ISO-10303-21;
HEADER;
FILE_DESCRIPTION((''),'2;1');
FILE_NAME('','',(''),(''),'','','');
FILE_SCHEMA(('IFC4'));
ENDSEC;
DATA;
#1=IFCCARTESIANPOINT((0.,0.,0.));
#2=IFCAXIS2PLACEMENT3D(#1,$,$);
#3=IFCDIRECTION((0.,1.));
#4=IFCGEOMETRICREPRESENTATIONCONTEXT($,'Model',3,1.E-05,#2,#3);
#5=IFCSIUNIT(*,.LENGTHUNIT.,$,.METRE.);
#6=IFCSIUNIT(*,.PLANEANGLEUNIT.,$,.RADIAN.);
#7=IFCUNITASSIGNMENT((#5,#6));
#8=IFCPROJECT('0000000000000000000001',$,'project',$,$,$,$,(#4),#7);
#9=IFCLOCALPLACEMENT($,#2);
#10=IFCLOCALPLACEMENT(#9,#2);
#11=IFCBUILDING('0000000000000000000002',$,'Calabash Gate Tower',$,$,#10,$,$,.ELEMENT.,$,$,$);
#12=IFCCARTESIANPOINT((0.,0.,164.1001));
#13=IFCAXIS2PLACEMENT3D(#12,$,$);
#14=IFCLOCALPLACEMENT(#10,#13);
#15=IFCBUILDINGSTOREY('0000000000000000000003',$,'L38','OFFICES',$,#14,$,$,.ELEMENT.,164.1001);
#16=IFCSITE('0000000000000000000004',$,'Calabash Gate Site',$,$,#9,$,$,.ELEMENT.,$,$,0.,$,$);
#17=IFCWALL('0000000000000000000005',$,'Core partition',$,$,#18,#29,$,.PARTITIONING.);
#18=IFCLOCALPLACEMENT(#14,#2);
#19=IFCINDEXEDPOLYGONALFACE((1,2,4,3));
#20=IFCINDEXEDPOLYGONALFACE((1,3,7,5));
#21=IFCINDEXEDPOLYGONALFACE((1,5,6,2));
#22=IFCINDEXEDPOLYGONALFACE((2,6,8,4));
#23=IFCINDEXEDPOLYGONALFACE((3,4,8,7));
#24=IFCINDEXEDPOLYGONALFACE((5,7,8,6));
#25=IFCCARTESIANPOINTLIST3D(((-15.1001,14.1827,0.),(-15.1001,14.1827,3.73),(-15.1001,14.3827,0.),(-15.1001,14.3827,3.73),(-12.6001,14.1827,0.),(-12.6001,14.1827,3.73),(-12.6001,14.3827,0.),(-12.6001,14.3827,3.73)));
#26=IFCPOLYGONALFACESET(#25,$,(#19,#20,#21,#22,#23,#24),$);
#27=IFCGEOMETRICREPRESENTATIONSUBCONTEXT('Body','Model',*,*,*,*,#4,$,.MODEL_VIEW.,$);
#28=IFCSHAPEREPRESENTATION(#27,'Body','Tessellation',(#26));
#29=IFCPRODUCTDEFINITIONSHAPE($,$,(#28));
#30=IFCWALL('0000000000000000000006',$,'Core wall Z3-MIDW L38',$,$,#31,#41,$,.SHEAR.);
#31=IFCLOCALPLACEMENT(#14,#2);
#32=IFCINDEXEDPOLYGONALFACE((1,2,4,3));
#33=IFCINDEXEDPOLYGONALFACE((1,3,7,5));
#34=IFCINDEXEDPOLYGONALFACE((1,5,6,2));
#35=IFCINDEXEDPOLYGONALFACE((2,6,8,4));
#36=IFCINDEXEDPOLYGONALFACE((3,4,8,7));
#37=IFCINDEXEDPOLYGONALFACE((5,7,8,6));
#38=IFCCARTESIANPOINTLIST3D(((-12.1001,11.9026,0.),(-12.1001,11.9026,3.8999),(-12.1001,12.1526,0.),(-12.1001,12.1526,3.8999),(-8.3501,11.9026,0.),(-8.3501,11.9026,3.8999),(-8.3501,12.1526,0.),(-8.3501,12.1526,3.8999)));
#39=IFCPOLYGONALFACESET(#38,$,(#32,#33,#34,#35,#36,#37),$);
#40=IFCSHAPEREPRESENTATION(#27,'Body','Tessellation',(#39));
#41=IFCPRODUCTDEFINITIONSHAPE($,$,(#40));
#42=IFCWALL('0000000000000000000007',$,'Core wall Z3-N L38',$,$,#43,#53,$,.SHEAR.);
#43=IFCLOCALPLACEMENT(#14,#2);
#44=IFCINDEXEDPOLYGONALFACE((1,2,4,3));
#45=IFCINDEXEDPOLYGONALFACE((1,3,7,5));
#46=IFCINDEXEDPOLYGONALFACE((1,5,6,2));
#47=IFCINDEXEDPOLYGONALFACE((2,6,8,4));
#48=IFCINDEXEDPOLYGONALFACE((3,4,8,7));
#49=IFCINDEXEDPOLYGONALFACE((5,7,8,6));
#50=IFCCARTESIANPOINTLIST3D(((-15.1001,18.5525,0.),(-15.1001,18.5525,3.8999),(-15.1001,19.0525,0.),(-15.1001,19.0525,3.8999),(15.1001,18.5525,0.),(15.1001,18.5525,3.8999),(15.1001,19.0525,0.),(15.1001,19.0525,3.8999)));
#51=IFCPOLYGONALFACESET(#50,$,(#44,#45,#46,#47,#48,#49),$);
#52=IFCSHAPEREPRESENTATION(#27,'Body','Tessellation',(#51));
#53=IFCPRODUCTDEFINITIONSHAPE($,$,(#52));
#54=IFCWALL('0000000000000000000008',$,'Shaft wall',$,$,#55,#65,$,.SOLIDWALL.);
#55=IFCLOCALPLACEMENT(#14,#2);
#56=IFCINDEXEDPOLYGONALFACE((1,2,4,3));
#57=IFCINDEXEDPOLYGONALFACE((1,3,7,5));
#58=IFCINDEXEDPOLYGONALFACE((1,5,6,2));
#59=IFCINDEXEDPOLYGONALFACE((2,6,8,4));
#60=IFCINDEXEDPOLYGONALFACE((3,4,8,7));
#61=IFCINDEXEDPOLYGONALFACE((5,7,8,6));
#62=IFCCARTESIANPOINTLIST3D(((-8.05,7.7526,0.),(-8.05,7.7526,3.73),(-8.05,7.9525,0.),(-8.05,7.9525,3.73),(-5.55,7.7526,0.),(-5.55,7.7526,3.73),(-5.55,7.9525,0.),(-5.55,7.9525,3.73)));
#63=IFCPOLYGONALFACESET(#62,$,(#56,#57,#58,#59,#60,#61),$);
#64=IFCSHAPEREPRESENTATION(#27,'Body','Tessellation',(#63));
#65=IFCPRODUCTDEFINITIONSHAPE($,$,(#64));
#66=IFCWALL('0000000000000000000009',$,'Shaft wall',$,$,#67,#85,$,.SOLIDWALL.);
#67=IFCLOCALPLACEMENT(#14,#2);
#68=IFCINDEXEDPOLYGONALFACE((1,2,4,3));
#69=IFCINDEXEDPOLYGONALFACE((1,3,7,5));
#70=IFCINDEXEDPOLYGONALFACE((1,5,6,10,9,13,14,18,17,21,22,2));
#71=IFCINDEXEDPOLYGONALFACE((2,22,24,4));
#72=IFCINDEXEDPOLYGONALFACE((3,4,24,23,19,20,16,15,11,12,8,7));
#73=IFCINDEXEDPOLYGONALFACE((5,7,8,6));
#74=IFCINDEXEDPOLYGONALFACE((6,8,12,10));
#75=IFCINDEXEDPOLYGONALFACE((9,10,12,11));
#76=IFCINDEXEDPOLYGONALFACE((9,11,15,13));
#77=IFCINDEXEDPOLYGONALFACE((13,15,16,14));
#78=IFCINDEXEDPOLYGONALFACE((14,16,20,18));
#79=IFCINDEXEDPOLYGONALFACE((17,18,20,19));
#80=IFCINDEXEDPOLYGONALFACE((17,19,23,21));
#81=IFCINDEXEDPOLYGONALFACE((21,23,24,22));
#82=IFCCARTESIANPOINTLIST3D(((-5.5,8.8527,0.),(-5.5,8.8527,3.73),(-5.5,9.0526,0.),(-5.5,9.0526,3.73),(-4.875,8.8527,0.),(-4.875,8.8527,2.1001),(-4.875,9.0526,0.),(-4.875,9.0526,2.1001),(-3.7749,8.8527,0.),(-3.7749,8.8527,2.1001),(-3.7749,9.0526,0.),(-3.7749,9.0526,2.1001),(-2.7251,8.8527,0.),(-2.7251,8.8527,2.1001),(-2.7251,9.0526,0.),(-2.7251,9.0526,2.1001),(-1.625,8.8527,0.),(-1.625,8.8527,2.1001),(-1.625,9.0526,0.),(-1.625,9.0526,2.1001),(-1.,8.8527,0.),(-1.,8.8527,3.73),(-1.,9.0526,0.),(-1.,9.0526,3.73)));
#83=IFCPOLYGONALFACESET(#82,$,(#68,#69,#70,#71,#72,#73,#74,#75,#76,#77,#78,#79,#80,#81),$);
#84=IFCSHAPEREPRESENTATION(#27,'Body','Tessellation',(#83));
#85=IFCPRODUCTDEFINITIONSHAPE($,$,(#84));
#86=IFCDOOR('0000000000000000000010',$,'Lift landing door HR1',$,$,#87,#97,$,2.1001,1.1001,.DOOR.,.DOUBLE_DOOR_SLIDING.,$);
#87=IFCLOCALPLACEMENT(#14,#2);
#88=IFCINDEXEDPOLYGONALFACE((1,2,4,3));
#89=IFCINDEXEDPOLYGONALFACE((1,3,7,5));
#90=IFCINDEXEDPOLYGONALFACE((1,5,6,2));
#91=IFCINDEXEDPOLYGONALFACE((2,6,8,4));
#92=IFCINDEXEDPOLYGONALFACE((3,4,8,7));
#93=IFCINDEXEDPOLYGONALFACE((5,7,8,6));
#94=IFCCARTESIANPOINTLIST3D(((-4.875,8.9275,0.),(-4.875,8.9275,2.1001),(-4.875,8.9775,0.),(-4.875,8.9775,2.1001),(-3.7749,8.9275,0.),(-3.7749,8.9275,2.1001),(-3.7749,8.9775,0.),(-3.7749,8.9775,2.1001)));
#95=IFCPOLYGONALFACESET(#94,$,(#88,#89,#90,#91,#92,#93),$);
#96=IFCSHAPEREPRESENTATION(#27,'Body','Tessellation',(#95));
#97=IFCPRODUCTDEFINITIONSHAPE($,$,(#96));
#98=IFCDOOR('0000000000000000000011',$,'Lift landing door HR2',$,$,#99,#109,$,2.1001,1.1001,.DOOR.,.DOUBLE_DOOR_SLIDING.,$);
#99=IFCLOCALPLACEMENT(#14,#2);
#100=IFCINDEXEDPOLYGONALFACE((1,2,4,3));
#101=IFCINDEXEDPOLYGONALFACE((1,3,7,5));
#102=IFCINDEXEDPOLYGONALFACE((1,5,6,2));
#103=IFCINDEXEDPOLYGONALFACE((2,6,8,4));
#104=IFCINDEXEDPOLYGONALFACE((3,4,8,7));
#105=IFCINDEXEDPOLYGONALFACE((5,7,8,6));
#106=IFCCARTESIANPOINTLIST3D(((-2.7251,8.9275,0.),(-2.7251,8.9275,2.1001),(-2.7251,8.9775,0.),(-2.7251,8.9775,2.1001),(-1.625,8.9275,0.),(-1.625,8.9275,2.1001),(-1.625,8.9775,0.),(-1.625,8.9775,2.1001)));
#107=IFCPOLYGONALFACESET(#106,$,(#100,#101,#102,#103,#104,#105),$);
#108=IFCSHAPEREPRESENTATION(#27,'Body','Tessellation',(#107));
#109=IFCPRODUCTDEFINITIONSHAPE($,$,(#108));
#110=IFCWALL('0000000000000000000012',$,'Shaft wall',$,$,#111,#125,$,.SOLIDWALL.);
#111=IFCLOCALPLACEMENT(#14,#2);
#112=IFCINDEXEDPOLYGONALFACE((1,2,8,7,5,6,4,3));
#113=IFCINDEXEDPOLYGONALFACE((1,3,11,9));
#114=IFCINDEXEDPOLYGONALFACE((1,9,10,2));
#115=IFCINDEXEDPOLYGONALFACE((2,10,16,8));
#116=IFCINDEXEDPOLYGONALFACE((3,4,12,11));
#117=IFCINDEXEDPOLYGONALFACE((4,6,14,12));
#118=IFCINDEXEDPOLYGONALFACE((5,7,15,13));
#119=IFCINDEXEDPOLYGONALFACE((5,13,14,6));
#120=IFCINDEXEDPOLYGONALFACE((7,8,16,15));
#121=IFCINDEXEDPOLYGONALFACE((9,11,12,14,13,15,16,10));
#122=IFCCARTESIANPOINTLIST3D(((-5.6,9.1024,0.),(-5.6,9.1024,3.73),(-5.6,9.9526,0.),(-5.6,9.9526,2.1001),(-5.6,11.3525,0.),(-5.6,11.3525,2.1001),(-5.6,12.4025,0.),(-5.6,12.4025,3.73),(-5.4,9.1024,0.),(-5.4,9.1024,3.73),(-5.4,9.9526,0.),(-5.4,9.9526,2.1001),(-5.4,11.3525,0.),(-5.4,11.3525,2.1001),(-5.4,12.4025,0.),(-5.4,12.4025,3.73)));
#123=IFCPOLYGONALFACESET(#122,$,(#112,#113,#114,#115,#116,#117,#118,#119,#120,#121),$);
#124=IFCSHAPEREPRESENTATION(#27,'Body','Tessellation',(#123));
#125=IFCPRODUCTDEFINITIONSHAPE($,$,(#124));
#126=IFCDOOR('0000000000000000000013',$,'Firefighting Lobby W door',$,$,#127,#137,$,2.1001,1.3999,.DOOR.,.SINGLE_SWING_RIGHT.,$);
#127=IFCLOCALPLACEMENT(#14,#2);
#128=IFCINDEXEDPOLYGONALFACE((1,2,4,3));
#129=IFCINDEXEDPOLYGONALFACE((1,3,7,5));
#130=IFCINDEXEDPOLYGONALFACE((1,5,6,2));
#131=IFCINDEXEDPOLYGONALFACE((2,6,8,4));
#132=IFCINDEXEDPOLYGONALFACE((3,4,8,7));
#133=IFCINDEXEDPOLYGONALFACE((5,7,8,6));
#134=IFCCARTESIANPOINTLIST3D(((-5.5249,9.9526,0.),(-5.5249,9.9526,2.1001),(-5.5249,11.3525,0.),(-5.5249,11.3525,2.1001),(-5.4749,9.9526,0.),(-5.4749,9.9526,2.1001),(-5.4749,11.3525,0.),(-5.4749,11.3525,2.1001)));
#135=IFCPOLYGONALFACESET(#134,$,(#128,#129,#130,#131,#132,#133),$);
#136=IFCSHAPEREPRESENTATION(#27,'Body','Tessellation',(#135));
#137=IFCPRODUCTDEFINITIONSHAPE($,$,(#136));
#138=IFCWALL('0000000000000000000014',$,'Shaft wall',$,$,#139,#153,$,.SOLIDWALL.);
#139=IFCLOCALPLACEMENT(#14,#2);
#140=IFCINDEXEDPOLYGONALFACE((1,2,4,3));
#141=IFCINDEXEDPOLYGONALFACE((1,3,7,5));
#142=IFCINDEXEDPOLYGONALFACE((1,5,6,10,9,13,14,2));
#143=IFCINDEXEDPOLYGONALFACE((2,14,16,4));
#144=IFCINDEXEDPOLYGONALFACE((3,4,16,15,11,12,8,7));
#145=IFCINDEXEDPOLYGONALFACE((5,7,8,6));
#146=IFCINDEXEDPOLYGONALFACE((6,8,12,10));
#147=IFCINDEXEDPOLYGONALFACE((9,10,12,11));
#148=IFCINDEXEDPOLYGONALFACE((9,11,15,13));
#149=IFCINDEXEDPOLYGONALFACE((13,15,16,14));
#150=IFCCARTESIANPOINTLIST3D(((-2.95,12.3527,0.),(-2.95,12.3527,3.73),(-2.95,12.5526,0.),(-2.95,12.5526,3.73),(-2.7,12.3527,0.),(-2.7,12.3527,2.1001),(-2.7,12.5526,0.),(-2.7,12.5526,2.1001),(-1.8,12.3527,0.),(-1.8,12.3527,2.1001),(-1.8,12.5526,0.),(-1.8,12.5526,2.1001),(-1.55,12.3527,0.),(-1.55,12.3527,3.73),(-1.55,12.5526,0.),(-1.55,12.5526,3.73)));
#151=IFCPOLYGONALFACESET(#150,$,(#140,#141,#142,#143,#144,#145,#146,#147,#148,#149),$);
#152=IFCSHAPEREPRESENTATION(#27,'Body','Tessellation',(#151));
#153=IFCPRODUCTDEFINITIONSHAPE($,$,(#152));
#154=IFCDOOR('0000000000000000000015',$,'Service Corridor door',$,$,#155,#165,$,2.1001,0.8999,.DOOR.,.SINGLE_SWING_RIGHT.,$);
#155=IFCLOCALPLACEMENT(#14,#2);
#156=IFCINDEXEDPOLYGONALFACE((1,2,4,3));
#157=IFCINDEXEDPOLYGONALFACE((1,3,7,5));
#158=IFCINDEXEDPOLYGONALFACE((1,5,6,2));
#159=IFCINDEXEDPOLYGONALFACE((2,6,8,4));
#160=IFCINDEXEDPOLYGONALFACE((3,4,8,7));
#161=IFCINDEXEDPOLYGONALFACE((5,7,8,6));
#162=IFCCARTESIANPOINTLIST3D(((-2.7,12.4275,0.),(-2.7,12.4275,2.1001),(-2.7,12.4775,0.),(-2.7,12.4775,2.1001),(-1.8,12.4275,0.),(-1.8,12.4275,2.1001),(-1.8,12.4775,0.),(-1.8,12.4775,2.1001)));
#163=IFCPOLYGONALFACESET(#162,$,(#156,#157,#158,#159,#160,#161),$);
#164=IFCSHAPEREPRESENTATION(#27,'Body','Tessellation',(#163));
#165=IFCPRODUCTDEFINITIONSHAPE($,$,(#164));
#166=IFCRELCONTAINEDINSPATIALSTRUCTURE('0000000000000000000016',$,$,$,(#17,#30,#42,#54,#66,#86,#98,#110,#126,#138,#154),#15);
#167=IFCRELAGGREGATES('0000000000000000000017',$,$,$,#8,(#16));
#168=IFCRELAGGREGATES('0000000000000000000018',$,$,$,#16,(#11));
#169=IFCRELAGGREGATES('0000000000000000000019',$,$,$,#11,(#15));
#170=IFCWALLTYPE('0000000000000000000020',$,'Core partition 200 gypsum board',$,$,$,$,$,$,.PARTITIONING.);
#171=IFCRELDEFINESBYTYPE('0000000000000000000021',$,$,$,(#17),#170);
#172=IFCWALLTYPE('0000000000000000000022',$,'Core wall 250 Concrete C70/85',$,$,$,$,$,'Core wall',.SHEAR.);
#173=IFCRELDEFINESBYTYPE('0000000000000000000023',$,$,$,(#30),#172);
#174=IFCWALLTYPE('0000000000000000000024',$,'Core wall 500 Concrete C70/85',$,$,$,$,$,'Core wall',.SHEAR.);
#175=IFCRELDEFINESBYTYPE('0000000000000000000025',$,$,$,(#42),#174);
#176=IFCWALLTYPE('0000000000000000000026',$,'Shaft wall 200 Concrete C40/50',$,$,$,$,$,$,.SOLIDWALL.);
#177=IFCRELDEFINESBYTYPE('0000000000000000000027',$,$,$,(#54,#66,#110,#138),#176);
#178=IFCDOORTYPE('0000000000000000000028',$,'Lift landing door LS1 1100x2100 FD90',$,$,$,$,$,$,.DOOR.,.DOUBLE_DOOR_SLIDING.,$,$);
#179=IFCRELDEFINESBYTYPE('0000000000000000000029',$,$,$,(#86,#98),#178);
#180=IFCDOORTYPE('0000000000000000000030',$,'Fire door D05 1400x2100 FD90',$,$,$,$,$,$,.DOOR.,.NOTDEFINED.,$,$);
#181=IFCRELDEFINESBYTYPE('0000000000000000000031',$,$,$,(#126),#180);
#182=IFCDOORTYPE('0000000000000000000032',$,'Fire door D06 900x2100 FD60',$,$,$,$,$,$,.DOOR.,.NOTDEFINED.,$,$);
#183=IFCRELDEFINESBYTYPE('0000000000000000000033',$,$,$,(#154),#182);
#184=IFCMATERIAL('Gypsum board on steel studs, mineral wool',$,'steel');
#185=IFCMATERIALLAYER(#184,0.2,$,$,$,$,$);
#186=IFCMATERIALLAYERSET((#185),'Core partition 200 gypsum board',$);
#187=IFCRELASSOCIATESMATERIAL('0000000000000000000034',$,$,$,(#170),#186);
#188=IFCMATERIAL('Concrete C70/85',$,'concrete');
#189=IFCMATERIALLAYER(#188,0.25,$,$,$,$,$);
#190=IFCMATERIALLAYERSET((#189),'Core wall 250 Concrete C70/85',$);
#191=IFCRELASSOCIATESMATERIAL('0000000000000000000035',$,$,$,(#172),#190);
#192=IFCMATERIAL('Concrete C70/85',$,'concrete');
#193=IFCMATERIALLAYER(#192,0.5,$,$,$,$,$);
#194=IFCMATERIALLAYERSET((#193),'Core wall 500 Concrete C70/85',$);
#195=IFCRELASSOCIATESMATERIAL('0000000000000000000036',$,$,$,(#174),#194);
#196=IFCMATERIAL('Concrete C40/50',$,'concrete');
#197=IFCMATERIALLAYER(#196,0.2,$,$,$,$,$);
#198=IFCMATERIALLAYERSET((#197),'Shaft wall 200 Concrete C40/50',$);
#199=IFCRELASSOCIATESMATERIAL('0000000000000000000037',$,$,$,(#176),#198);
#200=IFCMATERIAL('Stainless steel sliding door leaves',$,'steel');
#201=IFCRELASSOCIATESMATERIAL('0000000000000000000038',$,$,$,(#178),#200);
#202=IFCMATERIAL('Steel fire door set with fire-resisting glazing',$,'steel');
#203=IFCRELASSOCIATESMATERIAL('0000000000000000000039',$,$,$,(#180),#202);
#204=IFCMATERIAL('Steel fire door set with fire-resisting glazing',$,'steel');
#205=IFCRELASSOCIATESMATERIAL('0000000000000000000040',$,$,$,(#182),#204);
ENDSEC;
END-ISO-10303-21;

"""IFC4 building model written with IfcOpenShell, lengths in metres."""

from ifc_helpers import new_model, si_unit, direction, frame, frame_2d, origin, place, context, subcontext, project, spatial, rectangle, extrude, material, layer, layer_set, type_object, element, fill, save


model = new_model("IFC4")

# Units and contexts
model_context = context("Model", 3, precision=1e-05, world=origin(), true_north=direction((0.0, 1.0)))
body_context = subcontext(model_context, "Body", "Model", "MODEL_VIEW")
ifc_project = project(units=[si_unit("LENGTHUNIT", "METRE"), si_unit("PLANEANGLEUNIT", "RADIAN")], contexts=[model_context])

# Site, building, storey
site_placement = place(None, origin())
site = spatial("IfcSite", under=ifc_project, at=site_placement, Name="Calabash Gate Site", CompositionType="ELEMENT", RefElevation=0.0)
building_placement = place(site_placement, origin())
building = spatial("IfcBuilding", under=site, at=building_placement, Name="Calabash Gate Tower", CompositionType="ELEMENT")
storey_placement = place(building_placement, frame((0.0, 0.0, 164.1001)))
storey = spatial("IfcBuildingStorey", under=building, at=storey_placement, Name="L38", Description="OFFICES", CompositionType="ELEMENT", Elevation=164.1001)

# Walls
ifc_material_1 = material(Name="Gypsum board on steel studs, mineral wool", Category="steel")
ifc_layer_1 = layer(ifc_material_1, 0.2)
ifc_layer_set_1 = layer_set([ifc_layer_1], Name="Core partition 200 gypsum board")
wall_type_1 = type_object("IfcWallType", Name="Core partition 200 gypsum board", PredefinedType="PARTITIONING", material=ifc_layer_set_1)
wall_1_placement = place(storey_placement, frame((-15.1001, 14.2827, 0.0), z_axis=(0.0, 0.0, 1.0), x_axis=(1.0, 0.0, 0.0)))
element("IfcWall", 1, at=wall_1_placement, inside=storey, type_object=wall_type_1, Name="Core partition", PredefinedType="PARTITIONING", context=body_context, shape_type="SweptSolid", body=[
    extrude(rectangle(XDim=2.5, YDim=0.2, at=frame_2d((1.25, 0.0))), origin(), (0.0, 0.0, 1.0), 3.73),
])
ifc_material_2 = material(Name="Concrete C70/85", Category="concrete")
ifc_layer_2 = layer(ifc_material_2, 0.25)
ifc_layer_set_2 = layer_set([ifc_layer_2], Name="Core wall 250 Concrete C70/85")
wall_type_2 = type_object("IfcWallType", Name="Core wall 250 Concrete C70/85", ElementType="Core wall", PredefinedType="SHEAR", material=ifc_layer_set_2)
wall_2_placement = place(storey_placement, frame((-12.1001, 12.0276, 0.0), z_axis=(0.0, 0.0, 1.0), x_axis=(1.0, 0.0, 0.0)))
element("IfcWall", 2, at=wall_2_placement, inside=storey, type_object=wall_type_2, Name="Core wall Z3-MIDW L38", PredefinedType="SHEAR", context=body_context, shape_type="SweptSolid", body=[
    extrude(rectangle(XDim=3.75, YDim=0.25, at=frame_2d((1.875, 0.0))), origin(), (0.0, 0.0, 1.0), 3.8999),
])
ifc_material_3 = material(Name="Concrete C70/85", Category="concrete")
ifc_layer_3 = layer(ifc_material_3, 0.5)
ifc_layer_set_3 = layer_set([ifc_layer_3], Name="Core wall 500 Concrete C70/85")
wall_type_3 = type_object("IfcWallType", Name="Core wall 500 Concrete C70/85", ElementType="Core wall", PredefinedType="SHEAR", material=ifc_layer_set_3)
wall_3_placement = place(storey_placement, frame((-15.1001, 18.8025, 0.0), z_axis=(0.0, 0.0, 1.0), x_axis=(1.0, 0.0, 0.0)))
element("IfcWall", 3, at=wall_3_placement, inside=storey, type_object=wall_type_3, Name="Core wall Z3-N L38", PredefinedType="SHEAR", context=body_context, shape_type="SweptSolid", body=[
    extrude(rectangle(XDim=30.2002, YDim=0.5, at=frame_2d((15.1001, 0.0))), origin(), (0.0, 0.0, 1.0), 3.8999),
])
ifc_material_4 = material(Name="Concrete C40/50", Category="concrete")
ifc_layer_4 = layer(ifc_material_4, 0.2)
ifc_layer_set_4 = layer_set([ifc_layer_4], Name="Shaft wall 200 Concrete C40/50")
wall_type_4 = type_object("IfcWallType", Name="Shaft wall 200 Concrete C40/50", PredefinedType="SOLIDWALL", material=ifc_layer_set_4)
wall_4_placement = place(storey_placement, frame((-8.05, 7.8525, 0.0), z_axis=(0.0, 0.0, 1.0), x_axis=(1.0, 0.0, 0.0)))
element("IfcWall", 4, at=wall_4_placement, inside=storey, type_object=wall_type_4, Name="Shaft wall", PredefinedType="SOLIDWALL", context=body_context, shape_type="SweptSolid", body=[
    extrude(rectangle(XDim=2.5, YDim=0.2, at=frame_2d((1.25, 0.0))), origin(), (0.0, 0.0, 1.0), 3.73),
])

# Wall, openings, doors
wall_5_placement = place(storey_placement, frame((-5.5, 8.9526, 0.0), z_axis=(0.0, 0.0, 1.0), x_axis=(1.0, 0.0, 0.0)))
wall_5 = element("IfcWall", 5, at=wall_5_placement, inside=storey, type_object=wall_type_4, Name="Shaft wall", PredefinedType="SOLIDWALL", context=body_context, shape_type="SweptSolid", body=[
    extrude(rectangle(XDim=4.5, YDim=0.2, at=frame_2d((2.25, 0.0))), origin(), (0.0, 0.0, 1.0), 3.73),
])
opening_1_placement = place(wall_5_placement, frame((0.625, 0.0, 0.0)))
opening_1 = element("IfcOpeningElement", 6, at=opening_1_placement, cuts=wall_5, PredefinedType="OPENING", context=body_context, shape_type="SweptSolid", body=[
    extrude(rectangle(XDim=1.1001, YDim=2.1001, at=frame_2d((0.55, 1.05))), frame((0.0, 0.1099, 0.0), z_axis=(0.0, -1.0, 0.0), x_axis=(1.0, 0.0, 0.0)), (0.0, 0.0, 1.0), 0.22),
])
opening_2_placement = place(wall_5_placement, frame((2.7749, 0.0, 0.0)))
opening_2 = element("IfcOpeningElement", 7, at=opening_2_placement, cuts=wall_5, PredefinedType="OPENING", context=body_context, shape_type="SweptSolid", body=[
    extrude(rectangle(XDim=1.1001, YDim=2.1001, at=frame_2d((0.55, 1.05))), frame((0.0, 0.1099, 0.0), z_axis=(0.0, -1.0, 0.0), x_axis=(1.0, 0.0, 0.0)), (0.0, 0.0, 1.0), 0.22),
])
ifc_material_5 = material(Name="Stainless steel sliding door leaves", Category="steel")
door_type_1 = type_object("IfcDoorType", Name="Lift landing door LS1 1100x2100 FD90", OperationType="DOUBLE_DOOR_SLIDING", PredefinedType="DOOR", material=ifc_material_5)
door_1_placement = place(opening_1_placement, origin())
door_1 = element("IfcDoor", 8, at=door_1_placement, inside=storey, type_object=door_type_1, Name="Lift landing door HR1", OperationType="DOUBLE_DOOR_SLIDING", OverallHeight=2.1001, OverallWidth=1.1001, PredefinedType="DOOR", context=body_context, shape_type="SweptSolid", body=[
    extrude(rectangle(XDim=1.1001, YDim=2.1001, at=frame_2d((0.55, 1.05))), frame((0.0, 0.0249, 0.0), z_axis=(0.0, -1.0, 0.0), x_axis=(1.0, 0.0, 0.0)), (0.0, 0.0, 1.0), 0.05),
])
fill(opening_1, door_1)
door_2_placement = place(opening_2_placement, origin())
door_2 = element("IfcDoor", 9, at=door_2_placement, inside=storey, type_object=door_type_1, Name="Lift landing door HR2", OperationType="DOUBLE_DOOR_SLIDING", OverallHeight=2.1001, OverallWidth=1.1001, PredefinedType="DOOR", context=body_context, shape_type="SweptSolid", body=[
    extrude(rectangle(XDim=1.1001, YDim=2.1001, at=frame_2d((0.55, 1.05))), frame((0.0, 0.0249, 0.0), z_axis=(0.0, -1.0, 0.0), x_axis=(1.0, 0.0, 0.0)), (0.0, 0.0, 1.0), 0.05),
])
fill(opening_2, door_2)

# Walls, openings, doors
wall_6_placement = place(storey_placement, frame((-5.5, 9.1025, 0.0), z_axis=(0.0, 0.0, 1.0), x_axis=(0.0, 1.0, 0.0)))
wall_6 = element("IfcWall", 10, at=wall_6_placement, inside=storey, type_object=wall_type_4, Name="Shaft wall", PredefinedType="SOLIDWALL", context=body_context, shape_type="SweptSolid", body=[
    extrude(rectangle(XDim=3.3, YDim=0.2, at=frame_2d((1.6499, 0.0))), origin(), (0.0, 0.0, 1.0), 3.73),
])
opening_3_placement = place(wall_6_placement, frame((0.8501, 0.0, 0.0)))
opening_3 = element("IfcOpeningElement", 11, at=opening_3_placement, cuts=wall_6, PredefinedType="OPENING", context=body_context, shape_type="SweptSolid", body=[
    extrude(rectangle(XDim=1.3999, YDim=2.1001, at=frame_2d((0.7, 1.05))), frame((0.0, 0.1099, 0.0), z_axis=(0.0, -1.0, 0.0), x_axis=(1.0, 0.0, 0.0)), (0.0, 0.0, 1.0), 0.22),
])
ifc_material_6 = material(Name="Steel fire door set with fire-resisting glazing", Category="steel")
door_type_2 = type_object("IfcDoorType", Name="Fire door D05 1400x2100 FD90", OperationType="NOTDEFINED", PredefinedType="DOOR", material=ifc_material_6)
door_3_placement = place(opening_3_placement, origin())
door_3 = element("IfcDoor", 12, at=door_3_placement, inside=storey, type_object=door_type_2, Name="Firefighting Lobby W door", OperationType="SINGLE_SWING_RIGHT", OverallHeight=2.1001, OverallWidth=1.3999, PredefinedType="DOOR", context=body_context, shape_type="SweptSolid", body=[
    extrude(rectangle(XDim=1.3999, YDim=2.1001, at=frame_2d((0.7, 1.05))), frame((0.0, 0.0249, 0.0), z_axis=(0.0, -1.0, 0.0), x_axis=(1.0, 0.0, 0.0)), (0.0, 0.0, 1.0), 0.05),
])
fill(opening_3, door_3)
wall_7_placement = place(storey_placement, frame((-2.95, 12.4526, 0.0), z_axis=(0.0, 0.0, 1.0), x_axis=(1.0, 0.0, 0.0)))
wall_7 = element("IfcWall", 13, at=wall_7_placement, inside=storey, type_object=wall_type_4, Name="Shaft wall", PredefinedType="SOLIDWALL", context=body_context, shape_type="SweptSolid", body=[
    extrude(rectangle(XDim=1.3999, YDim=0.2, at=frame_2d((0.7, 0.0))), origin(), (0.0, 0.0, 1.0), 3.73),
])
opening_4_placement = place(wall_7_placement, frame((0.25, 0.0, 0.0)))
opening_4 = element("IfcOpeningElement", 14, at=opening_4_placement, cuts=wall_7, PredefinedType="OPENING", context=body_context, shape_type="SweptSolid", body=[
    extrude(rectangle(XDim=0.8999, YDim=2.1001, at=frame_2d((0.45, 1.05))), frame((0.0, 0.1099, 0.0), z_axis=(0.0, -1.0, 0.0), x_axis=(1.0, 0.0, 0.0)), (0.0, 0.0, 1.0), 0.22),
])
ifc_material_7 = material(Name="Steel fire door set with fire-resisting glazing", Category="steel")
door_type_3 = type_object("IfcDoorType", Name="Fire door D06 900x2100 FD60", OperationType="NOTDEFINED", PredefinedType="DOOR", material=ifc_material_7)
door_4_placement = place(opening_4_placement, origin())
door_4 = element("IfcDoor", 15, at=door_4_placement, inside=storey, type_object=door_type_3, Name="Service Corridor door", OperationType="SINGLE_SWING_RIGHT", OverallHeight=2.1001, OverallWidth=0.8999, PredefinedType="DOOR", context=body_context, shape_type="SweptSolid", body=[
    extrude(rectangle(XDim=0.8999, YDim=2.1001, at=frame_2d((0.45, 1.05))), frame((0.0, 0.0249, 0.0), z_axis=(0.0, -1.0, 0.0), x_axis=(1.0, 0.0, 0.0)), (0.0, 0.0, 1.0), 0.05),
])
fill(opening_4, door_4)

save(model, "model.ifc")
